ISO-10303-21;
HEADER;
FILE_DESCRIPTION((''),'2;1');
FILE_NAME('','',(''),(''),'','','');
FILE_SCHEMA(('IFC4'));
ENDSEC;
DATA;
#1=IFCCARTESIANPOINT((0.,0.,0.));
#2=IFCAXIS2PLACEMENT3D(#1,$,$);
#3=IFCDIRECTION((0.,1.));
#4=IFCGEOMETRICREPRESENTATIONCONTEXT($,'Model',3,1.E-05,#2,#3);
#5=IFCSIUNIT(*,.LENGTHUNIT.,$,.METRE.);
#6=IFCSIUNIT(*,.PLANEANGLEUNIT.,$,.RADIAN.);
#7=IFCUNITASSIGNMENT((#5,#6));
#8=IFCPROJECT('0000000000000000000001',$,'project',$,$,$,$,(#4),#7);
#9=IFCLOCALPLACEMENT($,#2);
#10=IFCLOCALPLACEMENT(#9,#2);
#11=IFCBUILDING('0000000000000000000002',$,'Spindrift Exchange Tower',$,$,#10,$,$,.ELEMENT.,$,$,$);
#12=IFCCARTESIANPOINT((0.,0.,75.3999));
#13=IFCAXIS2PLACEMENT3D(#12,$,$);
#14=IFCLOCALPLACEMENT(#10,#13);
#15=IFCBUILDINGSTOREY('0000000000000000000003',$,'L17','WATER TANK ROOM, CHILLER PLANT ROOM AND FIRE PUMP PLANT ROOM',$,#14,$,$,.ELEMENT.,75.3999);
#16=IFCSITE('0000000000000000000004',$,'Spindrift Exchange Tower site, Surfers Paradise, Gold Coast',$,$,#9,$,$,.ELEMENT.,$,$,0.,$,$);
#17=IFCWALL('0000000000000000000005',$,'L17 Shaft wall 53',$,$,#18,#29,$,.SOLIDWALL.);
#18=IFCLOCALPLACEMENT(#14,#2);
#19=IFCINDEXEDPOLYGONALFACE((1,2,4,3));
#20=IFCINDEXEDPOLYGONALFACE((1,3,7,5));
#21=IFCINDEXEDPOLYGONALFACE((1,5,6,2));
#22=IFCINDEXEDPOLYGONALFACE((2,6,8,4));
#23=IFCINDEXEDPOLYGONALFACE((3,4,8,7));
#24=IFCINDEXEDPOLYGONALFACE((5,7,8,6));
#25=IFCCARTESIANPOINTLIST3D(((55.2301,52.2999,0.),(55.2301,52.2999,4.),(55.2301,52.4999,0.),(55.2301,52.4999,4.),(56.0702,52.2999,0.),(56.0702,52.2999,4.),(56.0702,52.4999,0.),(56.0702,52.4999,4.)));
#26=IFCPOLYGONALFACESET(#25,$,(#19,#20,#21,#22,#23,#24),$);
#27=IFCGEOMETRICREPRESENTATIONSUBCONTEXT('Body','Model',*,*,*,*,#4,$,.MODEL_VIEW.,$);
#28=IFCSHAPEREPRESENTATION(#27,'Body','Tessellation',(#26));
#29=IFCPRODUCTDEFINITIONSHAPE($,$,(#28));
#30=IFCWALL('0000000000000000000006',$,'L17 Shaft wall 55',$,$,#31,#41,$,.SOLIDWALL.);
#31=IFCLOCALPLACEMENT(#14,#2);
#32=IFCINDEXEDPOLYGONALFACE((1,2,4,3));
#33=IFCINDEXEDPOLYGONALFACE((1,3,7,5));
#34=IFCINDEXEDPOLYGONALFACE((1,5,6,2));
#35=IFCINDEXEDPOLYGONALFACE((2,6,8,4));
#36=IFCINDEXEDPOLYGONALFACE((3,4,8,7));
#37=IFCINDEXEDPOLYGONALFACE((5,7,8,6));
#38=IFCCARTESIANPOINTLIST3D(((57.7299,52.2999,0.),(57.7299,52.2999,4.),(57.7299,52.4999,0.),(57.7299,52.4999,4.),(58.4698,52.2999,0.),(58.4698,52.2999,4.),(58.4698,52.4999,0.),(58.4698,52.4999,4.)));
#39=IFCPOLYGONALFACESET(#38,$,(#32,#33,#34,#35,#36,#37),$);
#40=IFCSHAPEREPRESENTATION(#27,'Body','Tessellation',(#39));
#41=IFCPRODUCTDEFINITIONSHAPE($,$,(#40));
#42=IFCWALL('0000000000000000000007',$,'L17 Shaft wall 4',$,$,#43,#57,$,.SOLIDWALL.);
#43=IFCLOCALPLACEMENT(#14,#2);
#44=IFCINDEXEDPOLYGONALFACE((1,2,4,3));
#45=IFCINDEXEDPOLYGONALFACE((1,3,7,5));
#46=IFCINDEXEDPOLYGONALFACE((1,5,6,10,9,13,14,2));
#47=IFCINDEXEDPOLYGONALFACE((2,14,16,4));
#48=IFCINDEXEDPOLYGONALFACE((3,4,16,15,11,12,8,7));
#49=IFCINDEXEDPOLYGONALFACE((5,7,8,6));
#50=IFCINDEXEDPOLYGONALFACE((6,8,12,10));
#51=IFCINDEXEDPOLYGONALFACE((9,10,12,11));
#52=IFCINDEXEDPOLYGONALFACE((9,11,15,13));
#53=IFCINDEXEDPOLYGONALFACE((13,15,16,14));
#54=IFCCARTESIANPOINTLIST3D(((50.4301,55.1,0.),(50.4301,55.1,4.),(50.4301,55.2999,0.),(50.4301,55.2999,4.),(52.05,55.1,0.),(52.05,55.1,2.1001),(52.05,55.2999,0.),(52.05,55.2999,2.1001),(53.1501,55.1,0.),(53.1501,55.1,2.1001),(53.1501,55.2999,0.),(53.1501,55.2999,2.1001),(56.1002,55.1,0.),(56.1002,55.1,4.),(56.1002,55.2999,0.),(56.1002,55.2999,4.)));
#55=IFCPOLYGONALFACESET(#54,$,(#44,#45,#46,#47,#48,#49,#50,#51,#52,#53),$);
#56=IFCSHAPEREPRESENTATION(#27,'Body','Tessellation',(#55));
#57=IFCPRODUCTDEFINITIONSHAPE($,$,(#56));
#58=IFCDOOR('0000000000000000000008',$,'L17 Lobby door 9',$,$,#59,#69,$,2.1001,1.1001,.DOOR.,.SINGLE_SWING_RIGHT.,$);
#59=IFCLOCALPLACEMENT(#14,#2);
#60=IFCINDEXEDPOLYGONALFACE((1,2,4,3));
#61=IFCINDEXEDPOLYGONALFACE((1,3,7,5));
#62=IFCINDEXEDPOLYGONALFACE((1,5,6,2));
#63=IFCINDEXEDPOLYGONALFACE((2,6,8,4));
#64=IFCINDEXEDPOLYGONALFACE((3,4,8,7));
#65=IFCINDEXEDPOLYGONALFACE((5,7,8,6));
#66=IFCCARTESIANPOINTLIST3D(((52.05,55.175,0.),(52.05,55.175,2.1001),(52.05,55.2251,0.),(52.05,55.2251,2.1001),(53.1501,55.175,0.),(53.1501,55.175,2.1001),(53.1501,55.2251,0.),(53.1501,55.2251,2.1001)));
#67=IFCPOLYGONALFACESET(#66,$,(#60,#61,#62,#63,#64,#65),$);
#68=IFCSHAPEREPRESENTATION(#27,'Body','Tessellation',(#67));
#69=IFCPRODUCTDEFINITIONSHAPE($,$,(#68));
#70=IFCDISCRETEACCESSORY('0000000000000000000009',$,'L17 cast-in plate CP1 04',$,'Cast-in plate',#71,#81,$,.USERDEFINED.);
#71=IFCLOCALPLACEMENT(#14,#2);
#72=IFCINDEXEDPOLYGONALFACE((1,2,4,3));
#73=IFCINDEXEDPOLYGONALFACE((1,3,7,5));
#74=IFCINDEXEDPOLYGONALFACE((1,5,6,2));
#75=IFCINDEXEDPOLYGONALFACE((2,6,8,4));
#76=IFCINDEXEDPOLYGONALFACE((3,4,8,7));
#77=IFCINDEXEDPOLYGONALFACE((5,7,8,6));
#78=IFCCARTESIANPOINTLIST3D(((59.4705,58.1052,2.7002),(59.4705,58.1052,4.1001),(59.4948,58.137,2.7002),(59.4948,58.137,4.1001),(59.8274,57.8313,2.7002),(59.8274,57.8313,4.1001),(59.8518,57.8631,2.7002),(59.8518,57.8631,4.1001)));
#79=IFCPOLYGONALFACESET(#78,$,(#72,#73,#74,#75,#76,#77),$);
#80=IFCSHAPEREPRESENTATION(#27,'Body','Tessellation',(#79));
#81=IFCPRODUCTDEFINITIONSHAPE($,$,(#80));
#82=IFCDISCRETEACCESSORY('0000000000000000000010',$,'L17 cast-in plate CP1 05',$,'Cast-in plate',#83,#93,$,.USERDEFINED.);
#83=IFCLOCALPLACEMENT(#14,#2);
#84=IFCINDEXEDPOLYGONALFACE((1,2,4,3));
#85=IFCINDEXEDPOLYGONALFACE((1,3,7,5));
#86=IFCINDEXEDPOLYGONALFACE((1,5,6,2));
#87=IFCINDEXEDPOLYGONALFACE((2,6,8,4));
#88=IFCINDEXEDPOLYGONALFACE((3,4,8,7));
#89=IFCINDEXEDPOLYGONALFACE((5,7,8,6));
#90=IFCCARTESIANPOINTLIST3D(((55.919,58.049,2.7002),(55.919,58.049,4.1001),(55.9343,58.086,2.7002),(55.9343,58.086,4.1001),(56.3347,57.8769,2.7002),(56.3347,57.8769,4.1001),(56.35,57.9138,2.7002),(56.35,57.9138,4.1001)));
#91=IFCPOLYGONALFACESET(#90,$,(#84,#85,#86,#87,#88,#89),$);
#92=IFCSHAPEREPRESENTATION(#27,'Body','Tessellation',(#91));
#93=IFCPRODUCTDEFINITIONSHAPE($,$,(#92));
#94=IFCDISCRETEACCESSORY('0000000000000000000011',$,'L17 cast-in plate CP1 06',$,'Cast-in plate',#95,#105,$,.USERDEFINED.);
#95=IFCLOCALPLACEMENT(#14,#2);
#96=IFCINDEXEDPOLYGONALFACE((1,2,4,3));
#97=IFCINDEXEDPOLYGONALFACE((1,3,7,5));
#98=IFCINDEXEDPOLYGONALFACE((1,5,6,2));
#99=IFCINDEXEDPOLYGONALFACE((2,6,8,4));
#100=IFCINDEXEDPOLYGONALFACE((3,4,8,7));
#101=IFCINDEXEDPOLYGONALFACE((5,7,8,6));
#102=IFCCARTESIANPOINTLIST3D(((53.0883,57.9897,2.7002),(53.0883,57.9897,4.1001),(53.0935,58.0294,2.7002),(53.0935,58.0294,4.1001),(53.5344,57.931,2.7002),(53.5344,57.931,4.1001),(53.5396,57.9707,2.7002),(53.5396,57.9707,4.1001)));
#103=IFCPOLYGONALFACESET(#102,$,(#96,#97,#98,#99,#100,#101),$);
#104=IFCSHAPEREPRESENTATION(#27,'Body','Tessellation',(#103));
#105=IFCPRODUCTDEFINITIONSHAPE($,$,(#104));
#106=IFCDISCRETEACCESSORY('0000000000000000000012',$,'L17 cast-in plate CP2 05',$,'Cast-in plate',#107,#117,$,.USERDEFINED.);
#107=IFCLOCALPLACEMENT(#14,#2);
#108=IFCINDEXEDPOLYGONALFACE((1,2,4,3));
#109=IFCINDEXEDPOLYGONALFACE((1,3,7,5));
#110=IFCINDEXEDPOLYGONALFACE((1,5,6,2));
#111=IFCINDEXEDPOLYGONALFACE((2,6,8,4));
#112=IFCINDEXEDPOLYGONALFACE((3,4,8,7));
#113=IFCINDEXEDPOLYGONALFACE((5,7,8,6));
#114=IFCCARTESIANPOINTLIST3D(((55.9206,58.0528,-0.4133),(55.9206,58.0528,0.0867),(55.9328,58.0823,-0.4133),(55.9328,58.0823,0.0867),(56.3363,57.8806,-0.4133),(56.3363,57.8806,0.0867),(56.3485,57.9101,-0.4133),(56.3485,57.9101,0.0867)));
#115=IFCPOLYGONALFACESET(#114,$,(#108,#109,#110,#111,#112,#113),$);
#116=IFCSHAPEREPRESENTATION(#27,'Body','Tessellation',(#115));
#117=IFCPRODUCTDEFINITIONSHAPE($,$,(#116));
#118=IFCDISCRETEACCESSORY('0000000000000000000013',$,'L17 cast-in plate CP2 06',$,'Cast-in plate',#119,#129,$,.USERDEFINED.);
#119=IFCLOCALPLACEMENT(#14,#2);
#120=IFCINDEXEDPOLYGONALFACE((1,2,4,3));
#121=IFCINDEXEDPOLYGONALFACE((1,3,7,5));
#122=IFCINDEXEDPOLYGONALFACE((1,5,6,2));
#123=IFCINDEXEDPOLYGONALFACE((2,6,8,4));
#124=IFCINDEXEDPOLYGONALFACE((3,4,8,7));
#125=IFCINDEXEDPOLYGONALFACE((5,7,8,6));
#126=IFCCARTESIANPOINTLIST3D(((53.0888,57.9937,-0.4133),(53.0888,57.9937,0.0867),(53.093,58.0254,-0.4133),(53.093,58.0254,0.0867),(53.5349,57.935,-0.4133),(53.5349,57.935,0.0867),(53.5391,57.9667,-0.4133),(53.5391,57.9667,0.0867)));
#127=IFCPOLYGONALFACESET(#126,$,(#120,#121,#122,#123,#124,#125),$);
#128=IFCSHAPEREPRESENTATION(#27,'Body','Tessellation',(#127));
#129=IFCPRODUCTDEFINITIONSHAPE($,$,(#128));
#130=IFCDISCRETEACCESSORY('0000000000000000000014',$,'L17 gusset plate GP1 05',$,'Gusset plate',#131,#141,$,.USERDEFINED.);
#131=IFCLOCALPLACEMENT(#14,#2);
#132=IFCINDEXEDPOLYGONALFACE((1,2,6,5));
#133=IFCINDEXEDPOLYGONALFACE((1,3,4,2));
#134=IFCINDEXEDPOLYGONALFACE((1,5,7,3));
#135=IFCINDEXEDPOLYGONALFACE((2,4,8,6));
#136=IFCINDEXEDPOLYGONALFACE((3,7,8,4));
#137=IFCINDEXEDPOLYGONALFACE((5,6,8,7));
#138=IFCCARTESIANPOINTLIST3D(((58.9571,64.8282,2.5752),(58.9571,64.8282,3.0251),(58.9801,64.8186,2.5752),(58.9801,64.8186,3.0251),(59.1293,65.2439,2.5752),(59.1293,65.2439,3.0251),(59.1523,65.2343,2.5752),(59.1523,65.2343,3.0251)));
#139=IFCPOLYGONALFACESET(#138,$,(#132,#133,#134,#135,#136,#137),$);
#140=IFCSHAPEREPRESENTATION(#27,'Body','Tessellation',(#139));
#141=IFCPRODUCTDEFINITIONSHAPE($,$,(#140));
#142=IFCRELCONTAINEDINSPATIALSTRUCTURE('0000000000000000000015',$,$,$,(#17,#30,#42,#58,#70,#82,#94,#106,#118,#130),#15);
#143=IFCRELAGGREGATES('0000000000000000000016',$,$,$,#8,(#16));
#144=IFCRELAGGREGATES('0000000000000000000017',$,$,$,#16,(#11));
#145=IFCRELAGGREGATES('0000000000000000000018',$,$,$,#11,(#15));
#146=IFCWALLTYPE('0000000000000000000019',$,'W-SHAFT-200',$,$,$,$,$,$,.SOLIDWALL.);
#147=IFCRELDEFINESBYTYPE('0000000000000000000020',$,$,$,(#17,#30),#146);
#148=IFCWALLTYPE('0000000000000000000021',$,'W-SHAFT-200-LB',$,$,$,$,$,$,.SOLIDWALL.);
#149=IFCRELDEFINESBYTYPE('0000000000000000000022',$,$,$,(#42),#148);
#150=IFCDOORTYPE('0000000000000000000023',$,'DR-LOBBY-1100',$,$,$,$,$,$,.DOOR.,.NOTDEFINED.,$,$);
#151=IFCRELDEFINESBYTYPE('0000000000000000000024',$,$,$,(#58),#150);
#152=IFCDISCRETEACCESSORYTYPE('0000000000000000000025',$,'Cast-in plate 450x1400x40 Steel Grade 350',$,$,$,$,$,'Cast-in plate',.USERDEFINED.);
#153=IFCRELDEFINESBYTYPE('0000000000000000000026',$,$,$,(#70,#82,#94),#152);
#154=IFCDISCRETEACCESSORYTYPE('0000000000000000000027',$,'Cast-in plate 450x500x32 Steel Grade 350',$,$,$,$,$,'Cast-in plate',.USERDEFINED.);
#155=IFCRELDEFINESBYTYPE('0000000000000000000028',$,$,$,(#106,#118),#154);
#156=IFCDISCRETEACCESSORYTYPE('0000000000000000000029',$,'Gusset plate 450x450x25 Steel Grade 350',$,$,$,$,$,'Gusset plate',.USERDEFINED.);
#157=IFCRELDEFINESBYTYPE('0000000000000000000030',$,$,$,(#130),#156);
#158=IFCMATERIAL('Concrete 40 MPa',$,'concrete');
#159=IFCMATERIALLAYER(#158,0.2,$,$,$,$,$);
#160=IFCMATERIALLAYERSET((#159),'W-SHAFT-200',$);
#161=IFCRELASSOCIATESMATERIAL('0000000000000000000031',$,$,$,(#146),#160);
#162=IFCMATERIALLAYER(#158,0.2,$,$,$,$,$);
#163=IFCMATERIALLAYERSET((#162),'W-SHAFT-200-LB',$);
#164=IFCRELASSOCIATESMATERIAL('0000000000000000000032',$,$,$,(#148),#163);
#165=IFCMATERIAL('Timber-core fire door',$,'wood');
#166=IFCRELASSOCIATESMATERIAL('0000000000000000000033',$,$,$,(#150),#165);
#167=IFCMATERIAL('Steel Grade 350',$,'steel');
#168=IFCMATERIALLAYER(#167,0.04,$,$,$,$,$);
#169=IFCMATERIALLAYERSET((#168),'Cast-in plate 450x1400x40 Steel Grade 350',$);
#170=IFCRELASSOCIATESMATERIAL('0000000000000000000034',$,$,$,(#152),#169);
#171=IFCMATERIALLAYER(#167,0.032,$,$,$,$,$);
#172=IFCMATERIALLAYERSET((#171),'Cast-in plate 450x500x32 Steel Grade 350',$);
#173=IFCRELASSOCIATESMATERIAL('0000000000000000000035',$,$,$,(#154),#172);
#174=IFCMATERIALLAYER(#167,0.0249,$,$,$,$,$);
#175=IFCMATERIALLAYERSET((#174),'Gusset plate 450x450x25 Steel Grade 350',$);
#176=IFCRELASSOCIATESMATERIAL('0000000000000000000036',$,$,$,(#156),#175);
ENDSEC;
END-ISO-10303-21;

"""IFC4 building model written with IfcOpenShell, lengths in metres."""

from ifc_helpers import new_model, si_unit, direction, frame, frame_2d, origin, origin_2d, place, context, subcontext, project, spatial, rectangle, extrude, source, transform, mapped, material, layer, layer_set, type_object, element, fill, save


model = new_model("IFC4")

# Units and contexts
model_context = context("Model", 3, precision=1e-05, world=origin(), true_north=direction((0.0, 1.0)))
body_context = subcontext(model_context, "Body", "Model", "MODEL_VIEW")
ifc_project = project(units=[si_unit("LENGTHUNIT", "METRE"), si_unit("PLANEANGLEUNIT", "RADIAN")], contexts=[model_context])

# Site, building, storey
site_placement = place(None, origin())
site = spatial("IfcSite", under=ifc_project, at=site_placement, Name="Spindrift Exchange Tower site, Surfers Paradise, Gold Coast", CompositionType="ELEMENT", RefElevation=0.0)
building_placement = place(site_placement, origin())
building = spatial("IfcBuilding", under=site, at=building_placement, Name="Spindrift Exchange Tower", CompositionType="ELEMENT")
storey_placement = place(building_placement, frame((0.0, 0.0, 75.3999)))
storey = spatial("IfcBuildingStorey", under=building, at=storey_placement, Name="L17", Description="WATER TANK ROOM, CHILLER PLANT ROOM AND FIRE PUMP PLANT ROOM", CompositionType="ELEMENT", Elevation=75.3999)

# Shared definitions
ifc_material_1 = material(Name="Concrete 40 MPa", Category="concrete")
ifc_layer_1 = layer(ifc_material_1, 0.2)
ifc_layer_set_1 = layer_set([ifc_layer_1], Name="W-SHAFT-200")
wall_type_1 = type_object("IfcWallType", Name="W-SHAFT-200", PredefinedType="SOLIDWALL", material=ifc_layer_set_1)

# Walls
wall_1_placement = place(storey_placement, frame((56.0701, 52.3999, 0.0), z_axis=(0.0, 0.0, 1.0), x_axis=(-1.0, 0.0, 0.0)))
element("IfcWall", 1, at=wall_1_placement, inside=storey, type_object=wall_type_1, Name="L17 Shaft wall 53", PredefinedType="SOLIDWALL", context=body_context, shape_type="SweptSolid", body=[
    extrude(rectangle(XDim=0.8401, YDim=0.2, at=frame_2d((0.4199, 0.0))), origin(), (0.0, 0.0, 1.0), 4.0),
])
wall_2_placement = place(storey_placement, frame((58.47, 52.3999, 0.0), z_axis=(0.0, 0.0, 1.0), x_axis=(-1.0, 0.0, 0.0)))
element("IfcWall", 2, at=wall_2_placement, inside=storey, type_object=wall_type_1, Name="L17 Shaft wall 55", PredefinedType="SOLIDWALL", context=body_context, shape_type="SweptSolid", body=[
    extrude(rectangle(XDim=0.74, YDim=0.2, at=frame_2d((0.3701, 0.0))), origin(), (0.0, 0.0, 1.0), 4.0),
])

# Wall, opening, door
ifc_layer_2 = layer(ifc_material_1, 0.2)
ifc_layer_set_2 = layer_set([ifc_layer_2], Name="W-SHAFT-200-LB")
wall_type_2 = type_object("IfcWallType", Name="W-SHAFT-200-LB", PredefinedType="SOLIDWALL", material=ifc_layer_set_2)
wall_3_placement = place(storey_placement, frame((56.1001, 55.2, 0.0), z_axis=(0.0, 0.0, 1.0), x_axis=(-1.0, 0.0, 0.0)))
wall_3 = element("IfcWall", 3, at=wall_3_placement, inside=storey, type_object=wall_type_2, Name="L17 Shaft wall 4", PredefinedType="SOLIDWALL", context=body_context, shape_type="SweptSolid", body=[
    extrude(rectangle(XDim=5.6702, YDim=0.2, at=frame_2d((2.835, 0.0))), origin(), (0.0, 0.0, 1.0), 4.0),
])
opening_1_placement = place(wall_3_placement, frame((2.95, 0.0, 0.0)))
opening_1 = element("IfcOpeningElement", 4, at=opening_1_placement, cuts=wall_3, PredefinedType="OPENING", context=body_context, shape_type="SweptSolid", body=[
    extrude(rectangle(XDim=1.1001, YDim=2.1001, at=frame_2d((0.55, 1.05))), frame((0.0, 0.1099, 0.0), z_axis=(0.0, -1.0, 0.0), x_axis=(1.0, 0.0, 0.0)), (0.0, 0.0, 1.0), 0.22),
])
ifc_material_2 = material(Name="Timber-core fire door", Category="wood")
door_type_1 = type_object("IfcDoorType", Name="DR-LOBBY-1100", OperationType="NOTDEFINED", PredefinedType="DOOR", material=ifc_material_2)
shared_shape_1 = source(origin(), body_context, "Body", "SweptSolid", [
    extrude(rectangle(XDim=1.1001, YDim=2.1001, at=frame_2d((0.55, 1.05))), frame((0.0, 0.0249, 0.0), z_axis=(0.0, -1.0, 0.0), x_axis=(1.0, 0.0, 0.0)), (0.0, 0.0, 1.0), 0.05),
])
door_1_placement = place(opening_1_placement, origin())
door_1 = element("IfcDoor", 5, at=door_1_placement, inside=storey, type_object=door_type_1, Name="L17 Lobby door 9", OperationType="SINGLE_SWING_RIGHT", OverallHeight=2.1001, OverallWidth=1.1001, PredefinedType="DOOR", context=body_context, shape_type="MappedRepresentation", body=[
    mapped(shared_shape_1, transform((0.0, 0.0, 0.0), scale=1.0)),
])
fill(opening_1, door_1)

# Discrete accessories
ifc_material_3 = material(Name="Steel Grade 350", Category="steel")
ifc_layer_3 = layer(ifc_material_3, 0.04)
ifc_layer_set_3 = layer_set([ifc_layer_3], Name="Cast-in plate 450x1400x40 Steel Grade 350")
discrete_accessory_type_1 = type_object("IfcDiscreteAccessoryType", Name="Cast-in plate 450x1400x40 Steel Grade 350", ElementType="Cast-in plate", PredefinedType="USERDEFINED", material=ifc_layer_set_3)
shared_shape_2 = source(origin(), body_context, "Body", "SweptSolid", [
    extrude(rectangle(XDim=0.04, YDim=0.45, at=origin_2d()), origin(), (0.0, 0.0, 1.0), 1.3999),
])
for number, where, z_axis, x_axis, name in (
    (6, (59.6611, 57.9841, 2.7002), (0.0, 0.0, 1.0), (0.608761, 0.793353, 0.0), "L17 cast-in plate CP1 04"),
    (7, (56.1345, 57.9814, 2.7002), (0.0, 0.0, 1.0), (0.382683, 0.92388, 0.0), "L17 cast-in plate CP1 05"),
    (8, (53.314, 57.9802, 2.7002), (0.0, 0.0, 1.0), (0.130526, 0.991445, 0.0), "L17 cast-in plate CP1 06"),
):
    element("IfcDiscreteAccessory", number, at=place(storey_placement, frame(where, z_axis=z_axis, x_axis=x_axis)), inside=storey, type_object=discrete_accessory_type_1, Name=name, ObjectType="Cast-in plate", PredefinedType="USERDEFINED", context=body_context, shape_type="MappedRepresentation", body=[
        mapped(shared_shape_2, transform((0.0, 0.0, 0.0), scale=1.0)),
    ])
ifc_layer_4 = layer(ifc_material_3, 0.032)
ifc_layer_set_4 = layer_set([ifc_layer_4], Name="Cast-in plate 450x500x32 Steel Grade 350")
discrete_accessory_type_2 = type_object("IfcDiscreteAccessoryType", Name="Cast-in plate 450x500x32 Steel Grade 350", ElementType="Cast-in plate", PredefinedType="USERDEFINED", material=ifc_layer_set_4)
shared_shape_3 = source(origin(), body_context, "Body", "SweptSolid", [
    extrude(rectangle(XDim=0.032, YDim=0.45, at=origin_2d()), origin(), (0.0, 0.0, 1.0), 0.5),
])
for number, where, z_axis, x_axis, name in (
    (9, (56.1345, 57.9814, -0.4133), (0.0, 0.0, 1.0), (0.382683, 0.92388, 0.0), "L17 cast-in plate CP2 05"),
    (10, (53.314, 57.9802, -0.4133), (0.0, 0.0, 1.0), (0.130526, 0.991445, 0.0), "L17 cast-in plate CP2 06"),
):
    element("IfcDiscreteAccessory", number, at=place(storey_placement, frame(where, z_axis=z_axis, x_axis=x_axis)), inside=storey, type_object=discrete_accessory_type_2, Name=name, ObjectType="Cast-in plate", PredefinedType="USERDEFINED", context=body_context, shape_type="MappedRepresentation", body=[
        mapped(shared_shape_3, transform((0.0, 0.0, 0.0), scale=1.0)),
    ])
ifc_layer_5 = layer(ifc_material_3, 0.0249)
ifc_layer_set_5 = layer_set([ifc_layer_5], Name="Gusset plate 450x450x25 Steel Grade 350")
discrete_accessory_type_3 = type_object("IfcDiscreteAccessoryType", Name="Gusset plate 450x450x25 Steel Grade 350", ElementType="Gusset plate", PredefinedType="USERDEFINED", material=ifc_layer_set_5)
shared_shape_4 = source(origin(), body_context, "Body", "SweptSolid", [
    extrude(rectangle(XDim=0.45, YDim=0.0249, at=origin_2d()), origin(), (0.0, 0.0, 1.0), 0.45),
])
discrete_accessory_placement = place(storey_placement, frame((59.0547, 65.0312, 2.5752), z_axis=(0.0, 0.0, 1.0), x_axis=(0.382685, 0.923879, 0.0)))
element("IfcDiscreteAccessory", 11, at=discrete_accessory_placement, inside=storey, type_object=discrete_accessory_type_3, Name="L17 gusset plate GP1 05", ObjectType="Gusset plate", PredefinedType="USERDEFINED", context=body_context, shape_type="MappedRepresentation", body=[
    mapped(shared_shape_4, transform((0.0, 0.0, 0.0), scale=1.0)),
])

save(model, "model.ifc")
